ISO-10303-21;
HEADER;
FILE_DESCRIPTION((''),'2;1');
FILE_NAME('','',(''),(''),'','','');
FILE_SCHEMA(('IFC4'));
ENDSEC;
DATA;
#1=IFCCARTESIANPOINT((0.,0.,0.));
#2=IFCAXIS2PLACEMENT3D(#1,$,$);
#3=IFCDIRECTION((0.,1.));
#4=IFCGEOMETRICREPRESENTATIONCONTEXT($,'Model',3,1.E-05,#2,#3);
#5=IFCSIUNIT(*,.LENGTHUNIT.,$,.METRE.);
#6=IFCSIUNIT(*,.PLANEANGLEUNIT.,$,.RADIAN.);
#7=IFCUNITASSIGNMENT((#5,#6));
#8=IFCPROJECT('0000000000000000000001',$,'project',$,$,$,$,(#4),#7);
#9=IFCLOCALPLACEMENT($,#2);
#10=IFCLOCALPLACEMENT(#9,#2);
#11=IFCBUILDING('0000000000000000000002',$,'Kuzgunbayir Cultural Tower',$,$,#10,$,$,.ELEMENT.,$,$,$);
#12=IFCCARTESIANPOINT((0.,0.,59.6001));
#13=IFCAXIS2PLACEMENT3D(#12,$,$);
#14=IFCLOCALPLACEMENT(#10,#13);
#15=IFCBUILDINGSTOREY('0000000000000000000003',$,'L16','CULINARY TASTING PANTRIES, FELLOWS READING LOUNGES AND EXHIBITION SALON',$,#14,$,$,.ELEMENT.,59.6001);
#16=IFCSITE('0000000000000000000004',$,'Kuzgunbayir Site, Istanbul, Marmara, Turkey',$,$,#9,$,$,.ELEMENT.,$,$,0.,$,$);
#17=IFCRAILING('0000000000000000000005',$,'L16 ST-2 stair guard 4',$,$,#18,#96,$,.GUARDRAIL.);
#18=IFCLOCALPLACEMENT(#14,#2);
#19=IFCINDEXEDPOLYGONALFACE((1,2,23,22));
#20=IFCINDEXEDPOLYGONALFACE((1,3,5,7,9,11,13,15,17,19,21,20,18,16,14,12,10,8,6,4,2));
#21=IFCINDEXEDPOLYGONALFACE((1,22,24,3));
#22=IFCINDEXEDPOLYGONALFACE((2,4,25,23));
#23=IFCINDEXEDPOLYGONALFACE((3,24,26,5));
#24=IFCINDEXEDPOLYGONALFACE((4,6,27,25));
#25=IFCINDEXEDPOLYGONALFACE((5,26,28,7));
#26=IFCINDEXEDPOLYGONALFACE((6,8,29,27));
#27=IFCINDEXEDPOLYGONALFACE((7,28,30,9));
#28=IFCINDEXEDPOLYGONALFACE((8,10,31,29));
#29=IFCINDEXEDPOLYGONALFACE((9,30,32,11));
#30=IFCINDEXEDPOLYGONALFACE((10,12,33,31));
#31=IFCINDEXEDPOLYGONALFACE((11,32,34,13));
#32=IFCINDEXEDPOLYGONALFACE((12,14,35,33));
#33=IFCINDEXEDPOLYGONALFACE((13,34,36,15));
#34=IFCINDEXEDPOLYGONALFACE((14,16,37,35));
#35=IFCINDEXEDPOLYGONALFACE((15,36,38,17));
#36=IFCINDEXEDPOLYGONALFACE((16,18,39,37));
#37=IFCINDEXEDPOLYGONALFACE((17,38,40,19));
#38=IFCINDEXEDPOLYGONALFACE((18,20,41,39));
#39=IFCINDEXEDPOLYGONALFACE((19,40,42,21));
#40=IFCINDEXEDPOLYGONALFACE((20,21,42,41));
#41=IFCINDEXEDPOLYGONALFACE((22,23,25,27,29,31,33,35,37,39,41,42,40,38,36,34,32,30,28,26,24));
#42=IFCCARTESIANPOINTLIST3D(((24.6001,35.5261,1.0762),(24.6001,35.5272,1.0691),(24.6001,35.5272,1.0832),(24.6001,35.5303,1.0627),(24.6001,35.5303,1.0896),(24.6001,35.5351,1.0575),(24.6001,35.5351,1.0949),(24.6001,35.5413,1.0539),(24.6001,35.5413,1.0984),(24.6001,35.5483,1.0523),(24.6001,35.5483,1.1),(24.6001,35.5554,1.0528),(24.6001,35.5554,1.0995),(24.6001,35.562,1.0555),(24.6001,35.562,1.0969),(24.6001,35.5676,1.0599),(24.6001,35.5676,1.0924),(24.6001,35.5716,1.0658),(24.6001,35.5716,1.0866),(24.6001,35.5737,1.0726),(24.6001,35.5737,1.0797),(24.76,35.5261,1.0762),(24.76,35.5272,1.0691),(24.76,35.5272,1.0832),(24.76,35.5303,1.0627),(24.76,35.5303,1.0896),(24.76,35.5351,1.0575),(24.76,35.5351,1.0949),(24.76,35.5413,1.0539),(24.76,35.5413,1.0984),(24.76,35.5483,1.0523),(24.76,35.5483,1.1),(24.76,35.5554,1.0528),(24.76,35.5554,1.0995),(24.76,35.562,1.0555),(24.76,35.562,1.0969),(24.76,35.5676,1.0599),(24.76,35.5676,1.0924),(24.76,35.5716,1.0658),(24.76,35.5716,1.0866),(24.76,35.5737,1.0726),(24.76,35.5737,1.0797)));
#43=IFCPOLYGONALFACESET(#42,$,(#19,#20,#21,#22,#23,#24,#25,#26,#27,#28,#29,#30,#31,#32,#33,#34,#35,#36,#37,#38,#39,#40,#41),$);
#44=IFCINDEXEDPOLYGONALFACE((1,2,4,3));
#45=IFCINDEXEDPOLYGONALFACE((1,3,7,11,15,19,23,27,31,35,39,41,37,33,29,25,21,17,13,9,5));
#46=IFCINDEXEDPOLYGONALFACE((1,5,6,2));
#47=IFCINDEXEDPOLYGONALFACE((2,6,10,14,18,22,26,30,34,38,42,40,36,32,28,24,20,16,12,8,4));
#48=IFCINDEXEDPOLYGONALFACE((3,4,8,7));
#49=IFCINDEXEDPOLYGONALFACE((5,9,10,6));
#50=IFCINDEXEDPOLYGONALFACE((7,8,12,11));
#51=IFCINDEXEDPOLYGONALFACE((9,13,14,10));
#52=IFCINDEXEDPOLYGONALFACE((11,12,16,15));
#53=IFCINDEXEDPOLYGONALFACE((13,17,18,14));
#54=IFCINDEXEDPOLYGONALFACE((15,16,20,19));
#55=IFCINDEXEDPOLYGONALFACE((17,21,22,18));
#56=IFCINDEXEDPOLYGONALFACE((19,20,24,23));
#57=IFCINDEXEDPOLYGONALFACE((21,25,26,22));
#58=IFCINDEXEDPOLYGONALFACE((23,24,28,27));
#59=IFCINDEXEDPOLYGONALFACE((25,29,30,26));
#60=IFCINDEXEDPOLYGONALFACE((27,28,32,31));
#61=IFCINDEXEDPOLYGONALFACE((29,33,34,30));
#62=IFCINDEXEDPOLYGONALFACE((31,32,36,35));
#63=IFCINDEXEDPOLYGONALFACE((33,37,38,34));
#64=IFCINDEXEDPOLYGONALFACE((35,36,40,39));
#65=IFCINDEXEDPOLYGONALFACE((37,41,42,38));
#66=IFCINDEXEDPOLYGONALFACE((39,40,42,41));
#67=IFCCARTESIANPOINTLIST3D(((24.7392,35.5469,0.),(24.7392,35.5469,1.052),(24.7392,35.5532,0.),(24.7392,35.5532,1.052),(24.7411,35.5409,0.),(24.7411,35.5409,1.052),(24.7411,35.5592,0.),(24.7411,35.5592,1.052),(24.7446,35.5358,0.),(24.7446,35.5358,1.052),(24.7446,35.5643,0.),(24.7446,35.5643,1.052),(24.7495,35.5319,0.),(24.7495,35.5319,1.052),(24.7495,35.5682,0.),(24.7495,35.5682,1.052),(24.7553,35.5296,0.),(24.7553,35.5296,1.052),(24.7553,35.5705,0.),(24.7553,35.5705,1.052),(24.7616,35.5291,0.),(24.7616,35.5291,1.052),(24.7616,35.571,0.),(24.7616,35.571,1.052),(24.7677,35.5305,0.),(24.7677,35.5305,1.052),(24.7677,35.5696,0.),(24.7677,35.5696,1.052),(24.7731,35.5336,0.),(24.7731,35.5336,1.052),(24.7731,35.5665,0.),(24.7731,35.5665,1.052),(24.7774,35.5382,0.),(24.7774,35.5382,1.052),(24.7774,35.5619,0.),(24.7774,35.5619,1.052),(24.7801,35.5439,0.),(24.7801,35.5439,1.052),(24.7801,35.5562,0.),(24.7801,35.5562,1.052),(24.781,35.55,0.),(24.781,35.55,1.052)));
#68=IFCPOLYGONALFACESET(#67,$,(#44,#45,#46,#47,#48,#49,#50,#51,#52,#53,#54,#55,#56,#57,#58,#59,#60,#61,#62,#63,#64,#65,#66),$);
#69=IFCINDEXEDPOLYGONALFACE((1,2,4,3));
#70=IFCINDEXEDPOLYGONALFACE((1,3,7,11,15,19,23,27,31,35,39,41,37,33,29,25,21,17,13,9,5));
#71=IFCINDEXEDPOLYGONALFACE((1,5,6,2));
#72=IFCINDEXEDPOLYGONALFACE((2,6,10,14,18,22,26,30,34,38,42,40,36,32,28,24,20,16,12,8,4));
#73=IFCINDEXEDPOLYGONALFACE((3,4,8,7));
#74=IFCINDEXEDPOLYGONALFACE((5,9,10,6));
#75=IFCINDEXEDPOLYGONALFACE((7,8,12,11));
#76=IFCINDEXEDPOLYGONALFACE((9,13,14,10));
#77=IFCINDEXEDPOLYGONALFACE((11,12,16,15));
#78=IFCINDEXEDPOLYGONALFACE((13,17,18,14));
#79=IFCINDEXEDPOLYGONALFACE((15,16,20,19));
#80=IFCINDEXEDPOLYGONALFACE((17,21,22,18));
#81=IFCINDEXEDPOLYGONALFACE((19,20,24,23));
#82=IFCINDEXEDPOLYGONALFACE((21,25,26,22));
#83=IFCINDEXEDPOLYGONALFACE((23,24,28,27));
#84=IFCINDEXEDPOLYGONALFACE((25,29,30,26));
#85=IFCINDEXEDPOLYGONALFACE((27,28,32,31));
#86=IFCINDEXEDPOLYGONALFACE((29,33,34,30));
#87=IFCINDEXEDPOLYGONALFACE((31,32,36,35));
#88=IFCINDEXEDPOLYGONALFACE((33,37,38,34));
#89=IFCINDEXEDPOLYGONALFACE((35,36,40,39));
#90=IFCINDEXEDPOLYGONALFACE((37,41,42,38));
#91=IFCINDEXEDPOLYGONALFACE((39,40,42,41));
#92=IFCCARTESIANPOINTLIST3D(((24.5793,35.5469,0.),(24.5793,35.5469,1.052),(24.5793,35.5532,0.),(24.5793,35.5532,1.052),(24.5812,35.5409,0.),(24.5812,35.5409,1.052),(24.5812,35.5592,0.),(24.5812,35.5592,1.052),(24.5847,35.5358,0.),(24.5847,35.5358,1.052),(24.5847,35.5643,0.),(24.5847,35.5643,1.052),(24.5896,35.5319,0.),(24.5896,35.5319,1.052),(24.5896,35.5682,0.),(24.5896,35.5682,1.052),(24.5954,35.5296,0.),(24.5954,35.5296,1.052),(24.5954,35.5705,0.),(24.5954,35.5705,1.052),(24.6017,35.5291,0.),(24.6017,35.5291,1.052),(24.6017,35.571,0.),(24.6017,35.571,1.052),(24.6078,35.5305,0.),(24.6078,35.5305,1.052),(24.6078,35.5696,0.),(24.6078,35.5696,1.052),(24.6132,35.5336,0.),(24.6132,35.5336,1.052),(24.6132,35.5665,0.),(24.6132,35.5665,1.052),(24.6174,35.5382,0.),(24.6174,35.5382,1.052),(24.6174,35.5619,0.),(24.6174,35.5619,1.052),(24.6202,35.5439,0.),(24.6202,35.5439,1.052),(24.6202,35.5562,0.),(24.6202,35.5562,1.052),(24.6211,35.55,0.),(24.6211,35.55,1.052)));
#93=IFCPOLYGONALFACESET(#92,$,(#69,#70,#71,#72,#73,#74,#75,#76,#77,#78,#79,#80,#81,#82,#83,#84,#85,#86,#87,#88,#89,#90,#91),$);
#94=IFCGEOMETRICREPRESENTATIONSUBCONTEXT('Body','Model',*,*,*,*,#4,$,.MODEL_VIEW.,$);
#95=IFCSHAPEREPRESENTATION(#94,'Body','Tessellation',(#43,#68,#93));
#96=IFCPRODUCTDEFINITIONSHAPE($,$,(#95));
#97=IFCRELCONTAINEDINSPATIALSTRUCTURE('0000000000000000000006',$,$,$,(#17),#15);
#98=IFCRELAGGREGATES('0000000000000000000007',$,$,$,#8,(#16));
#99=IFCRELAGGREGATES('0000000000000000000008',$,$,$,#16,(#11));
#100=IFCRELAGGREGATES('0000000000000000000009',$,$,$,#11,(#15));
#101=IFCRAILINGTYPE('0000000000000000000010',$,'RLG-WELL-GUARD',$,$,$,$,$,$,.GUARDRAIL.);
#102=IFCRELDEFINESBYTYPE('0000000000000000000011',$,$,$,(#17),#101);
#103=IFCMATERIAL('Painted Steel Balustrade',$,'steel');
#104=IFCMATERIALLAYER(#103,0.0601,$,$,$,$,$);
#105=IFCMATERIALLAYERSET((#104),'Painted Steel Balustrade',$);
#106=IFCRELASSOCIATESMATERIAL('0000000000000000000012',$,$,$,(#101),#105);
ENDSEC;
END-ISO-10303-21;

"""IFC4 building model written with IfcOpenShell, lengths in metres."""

from ifc_helpers import new_model, si_unit, direction, frame, origin, origin_2d, place, context, subcontext, project, spatial, circle, extrude, material, layer, layer_set, type_object, element, save


model = new_model("IFC4")

# Units and contexts
model_context = context("Model", 3, precision=1e-05, world=origin(), true_north=direction((0.0, 1.0)))
body_context = subcontext(model_context, "Body", "Model", "MODEL_VIEW")
ifc_project = project(units=[si_unit("LENGTHUNIT", "METRE"), si_unit("PLANEANGLEUNIT", "RADIAN")], contexts=[model_context])

# Site, building, storey
site_placement = place(None, origin())
site = spatial("IfcSite", under=ifc_project, at=site_placement, Name="Kuzgunbayir Site, Istanbul, Marmara, Turkey", CompositionType="ELEMENT", RefElevation=0.0)
building_placement = place(site_placement, origin())
building = spatial("IfcBuilding", under=site, at=building_placement, Name="Kuzgunbayir Cultural Tower", CompositionType="ELEMENT")
storey_placement = place(building_placement, frame((0.0, 0.0, 59.6001)))
storey = spatial("IfcBuildingStorey", under=building, at=storey_placement, Name="L16", Description="CULINARY TASTING PANTRIES, FELLOWS READING LOUNGES AND EXHIBITION SALON", CompositionType="ELEMENT", Elevation=59.6001)

# Railing
ifc_material_1 = material(Name="Painted Steel Balustrade", Category="steel")
ifc_layer_1 = layer(ifc_material_1, 0.0601)
ifc_layer_set_1 = layer_set([ifc_layer_1], Name="Painted Steel Balustrade")
railing_type_1 = type_object("IfcRailingType", Name="RLG-WELL-GUARD", PredefinedType="GUARDRAIL", material=ifc_layer_set_1)
railing_1_placement = place(storey_placement, frame((24.76, 35.55, 0.0)))
element("IfcRailing", 1, at=railing_1_placement, inside=storey, type_object=railing_type_1, Name="L16 ST-2 stair guard 4", PredefinedType="GUARDRAIL", context=body_context, shape_type="SweptSolid", body=[
    extrude(circle(Radius=0.0239, at=origin_2d()), frame((0.0, 0.0, 1.0762), z_axis=(-1.0, 0.0, 0.0), x_axis=(0.0, -1.0, 0.0)), (0.0, 0.0, 1.0), 0.1599),
    extrude(circle(Radius=0.021, at=origin_2d()), origin(), (0.0, 0.0, 1.0), 1.052),
    extrude(circle(Radius=0.021, at=origin_2d()), frame((-0.1599, 0.0, 0.0)), (0.0, 0.0, 1.0), 1.052),
])

save(model, "model.ifc")
